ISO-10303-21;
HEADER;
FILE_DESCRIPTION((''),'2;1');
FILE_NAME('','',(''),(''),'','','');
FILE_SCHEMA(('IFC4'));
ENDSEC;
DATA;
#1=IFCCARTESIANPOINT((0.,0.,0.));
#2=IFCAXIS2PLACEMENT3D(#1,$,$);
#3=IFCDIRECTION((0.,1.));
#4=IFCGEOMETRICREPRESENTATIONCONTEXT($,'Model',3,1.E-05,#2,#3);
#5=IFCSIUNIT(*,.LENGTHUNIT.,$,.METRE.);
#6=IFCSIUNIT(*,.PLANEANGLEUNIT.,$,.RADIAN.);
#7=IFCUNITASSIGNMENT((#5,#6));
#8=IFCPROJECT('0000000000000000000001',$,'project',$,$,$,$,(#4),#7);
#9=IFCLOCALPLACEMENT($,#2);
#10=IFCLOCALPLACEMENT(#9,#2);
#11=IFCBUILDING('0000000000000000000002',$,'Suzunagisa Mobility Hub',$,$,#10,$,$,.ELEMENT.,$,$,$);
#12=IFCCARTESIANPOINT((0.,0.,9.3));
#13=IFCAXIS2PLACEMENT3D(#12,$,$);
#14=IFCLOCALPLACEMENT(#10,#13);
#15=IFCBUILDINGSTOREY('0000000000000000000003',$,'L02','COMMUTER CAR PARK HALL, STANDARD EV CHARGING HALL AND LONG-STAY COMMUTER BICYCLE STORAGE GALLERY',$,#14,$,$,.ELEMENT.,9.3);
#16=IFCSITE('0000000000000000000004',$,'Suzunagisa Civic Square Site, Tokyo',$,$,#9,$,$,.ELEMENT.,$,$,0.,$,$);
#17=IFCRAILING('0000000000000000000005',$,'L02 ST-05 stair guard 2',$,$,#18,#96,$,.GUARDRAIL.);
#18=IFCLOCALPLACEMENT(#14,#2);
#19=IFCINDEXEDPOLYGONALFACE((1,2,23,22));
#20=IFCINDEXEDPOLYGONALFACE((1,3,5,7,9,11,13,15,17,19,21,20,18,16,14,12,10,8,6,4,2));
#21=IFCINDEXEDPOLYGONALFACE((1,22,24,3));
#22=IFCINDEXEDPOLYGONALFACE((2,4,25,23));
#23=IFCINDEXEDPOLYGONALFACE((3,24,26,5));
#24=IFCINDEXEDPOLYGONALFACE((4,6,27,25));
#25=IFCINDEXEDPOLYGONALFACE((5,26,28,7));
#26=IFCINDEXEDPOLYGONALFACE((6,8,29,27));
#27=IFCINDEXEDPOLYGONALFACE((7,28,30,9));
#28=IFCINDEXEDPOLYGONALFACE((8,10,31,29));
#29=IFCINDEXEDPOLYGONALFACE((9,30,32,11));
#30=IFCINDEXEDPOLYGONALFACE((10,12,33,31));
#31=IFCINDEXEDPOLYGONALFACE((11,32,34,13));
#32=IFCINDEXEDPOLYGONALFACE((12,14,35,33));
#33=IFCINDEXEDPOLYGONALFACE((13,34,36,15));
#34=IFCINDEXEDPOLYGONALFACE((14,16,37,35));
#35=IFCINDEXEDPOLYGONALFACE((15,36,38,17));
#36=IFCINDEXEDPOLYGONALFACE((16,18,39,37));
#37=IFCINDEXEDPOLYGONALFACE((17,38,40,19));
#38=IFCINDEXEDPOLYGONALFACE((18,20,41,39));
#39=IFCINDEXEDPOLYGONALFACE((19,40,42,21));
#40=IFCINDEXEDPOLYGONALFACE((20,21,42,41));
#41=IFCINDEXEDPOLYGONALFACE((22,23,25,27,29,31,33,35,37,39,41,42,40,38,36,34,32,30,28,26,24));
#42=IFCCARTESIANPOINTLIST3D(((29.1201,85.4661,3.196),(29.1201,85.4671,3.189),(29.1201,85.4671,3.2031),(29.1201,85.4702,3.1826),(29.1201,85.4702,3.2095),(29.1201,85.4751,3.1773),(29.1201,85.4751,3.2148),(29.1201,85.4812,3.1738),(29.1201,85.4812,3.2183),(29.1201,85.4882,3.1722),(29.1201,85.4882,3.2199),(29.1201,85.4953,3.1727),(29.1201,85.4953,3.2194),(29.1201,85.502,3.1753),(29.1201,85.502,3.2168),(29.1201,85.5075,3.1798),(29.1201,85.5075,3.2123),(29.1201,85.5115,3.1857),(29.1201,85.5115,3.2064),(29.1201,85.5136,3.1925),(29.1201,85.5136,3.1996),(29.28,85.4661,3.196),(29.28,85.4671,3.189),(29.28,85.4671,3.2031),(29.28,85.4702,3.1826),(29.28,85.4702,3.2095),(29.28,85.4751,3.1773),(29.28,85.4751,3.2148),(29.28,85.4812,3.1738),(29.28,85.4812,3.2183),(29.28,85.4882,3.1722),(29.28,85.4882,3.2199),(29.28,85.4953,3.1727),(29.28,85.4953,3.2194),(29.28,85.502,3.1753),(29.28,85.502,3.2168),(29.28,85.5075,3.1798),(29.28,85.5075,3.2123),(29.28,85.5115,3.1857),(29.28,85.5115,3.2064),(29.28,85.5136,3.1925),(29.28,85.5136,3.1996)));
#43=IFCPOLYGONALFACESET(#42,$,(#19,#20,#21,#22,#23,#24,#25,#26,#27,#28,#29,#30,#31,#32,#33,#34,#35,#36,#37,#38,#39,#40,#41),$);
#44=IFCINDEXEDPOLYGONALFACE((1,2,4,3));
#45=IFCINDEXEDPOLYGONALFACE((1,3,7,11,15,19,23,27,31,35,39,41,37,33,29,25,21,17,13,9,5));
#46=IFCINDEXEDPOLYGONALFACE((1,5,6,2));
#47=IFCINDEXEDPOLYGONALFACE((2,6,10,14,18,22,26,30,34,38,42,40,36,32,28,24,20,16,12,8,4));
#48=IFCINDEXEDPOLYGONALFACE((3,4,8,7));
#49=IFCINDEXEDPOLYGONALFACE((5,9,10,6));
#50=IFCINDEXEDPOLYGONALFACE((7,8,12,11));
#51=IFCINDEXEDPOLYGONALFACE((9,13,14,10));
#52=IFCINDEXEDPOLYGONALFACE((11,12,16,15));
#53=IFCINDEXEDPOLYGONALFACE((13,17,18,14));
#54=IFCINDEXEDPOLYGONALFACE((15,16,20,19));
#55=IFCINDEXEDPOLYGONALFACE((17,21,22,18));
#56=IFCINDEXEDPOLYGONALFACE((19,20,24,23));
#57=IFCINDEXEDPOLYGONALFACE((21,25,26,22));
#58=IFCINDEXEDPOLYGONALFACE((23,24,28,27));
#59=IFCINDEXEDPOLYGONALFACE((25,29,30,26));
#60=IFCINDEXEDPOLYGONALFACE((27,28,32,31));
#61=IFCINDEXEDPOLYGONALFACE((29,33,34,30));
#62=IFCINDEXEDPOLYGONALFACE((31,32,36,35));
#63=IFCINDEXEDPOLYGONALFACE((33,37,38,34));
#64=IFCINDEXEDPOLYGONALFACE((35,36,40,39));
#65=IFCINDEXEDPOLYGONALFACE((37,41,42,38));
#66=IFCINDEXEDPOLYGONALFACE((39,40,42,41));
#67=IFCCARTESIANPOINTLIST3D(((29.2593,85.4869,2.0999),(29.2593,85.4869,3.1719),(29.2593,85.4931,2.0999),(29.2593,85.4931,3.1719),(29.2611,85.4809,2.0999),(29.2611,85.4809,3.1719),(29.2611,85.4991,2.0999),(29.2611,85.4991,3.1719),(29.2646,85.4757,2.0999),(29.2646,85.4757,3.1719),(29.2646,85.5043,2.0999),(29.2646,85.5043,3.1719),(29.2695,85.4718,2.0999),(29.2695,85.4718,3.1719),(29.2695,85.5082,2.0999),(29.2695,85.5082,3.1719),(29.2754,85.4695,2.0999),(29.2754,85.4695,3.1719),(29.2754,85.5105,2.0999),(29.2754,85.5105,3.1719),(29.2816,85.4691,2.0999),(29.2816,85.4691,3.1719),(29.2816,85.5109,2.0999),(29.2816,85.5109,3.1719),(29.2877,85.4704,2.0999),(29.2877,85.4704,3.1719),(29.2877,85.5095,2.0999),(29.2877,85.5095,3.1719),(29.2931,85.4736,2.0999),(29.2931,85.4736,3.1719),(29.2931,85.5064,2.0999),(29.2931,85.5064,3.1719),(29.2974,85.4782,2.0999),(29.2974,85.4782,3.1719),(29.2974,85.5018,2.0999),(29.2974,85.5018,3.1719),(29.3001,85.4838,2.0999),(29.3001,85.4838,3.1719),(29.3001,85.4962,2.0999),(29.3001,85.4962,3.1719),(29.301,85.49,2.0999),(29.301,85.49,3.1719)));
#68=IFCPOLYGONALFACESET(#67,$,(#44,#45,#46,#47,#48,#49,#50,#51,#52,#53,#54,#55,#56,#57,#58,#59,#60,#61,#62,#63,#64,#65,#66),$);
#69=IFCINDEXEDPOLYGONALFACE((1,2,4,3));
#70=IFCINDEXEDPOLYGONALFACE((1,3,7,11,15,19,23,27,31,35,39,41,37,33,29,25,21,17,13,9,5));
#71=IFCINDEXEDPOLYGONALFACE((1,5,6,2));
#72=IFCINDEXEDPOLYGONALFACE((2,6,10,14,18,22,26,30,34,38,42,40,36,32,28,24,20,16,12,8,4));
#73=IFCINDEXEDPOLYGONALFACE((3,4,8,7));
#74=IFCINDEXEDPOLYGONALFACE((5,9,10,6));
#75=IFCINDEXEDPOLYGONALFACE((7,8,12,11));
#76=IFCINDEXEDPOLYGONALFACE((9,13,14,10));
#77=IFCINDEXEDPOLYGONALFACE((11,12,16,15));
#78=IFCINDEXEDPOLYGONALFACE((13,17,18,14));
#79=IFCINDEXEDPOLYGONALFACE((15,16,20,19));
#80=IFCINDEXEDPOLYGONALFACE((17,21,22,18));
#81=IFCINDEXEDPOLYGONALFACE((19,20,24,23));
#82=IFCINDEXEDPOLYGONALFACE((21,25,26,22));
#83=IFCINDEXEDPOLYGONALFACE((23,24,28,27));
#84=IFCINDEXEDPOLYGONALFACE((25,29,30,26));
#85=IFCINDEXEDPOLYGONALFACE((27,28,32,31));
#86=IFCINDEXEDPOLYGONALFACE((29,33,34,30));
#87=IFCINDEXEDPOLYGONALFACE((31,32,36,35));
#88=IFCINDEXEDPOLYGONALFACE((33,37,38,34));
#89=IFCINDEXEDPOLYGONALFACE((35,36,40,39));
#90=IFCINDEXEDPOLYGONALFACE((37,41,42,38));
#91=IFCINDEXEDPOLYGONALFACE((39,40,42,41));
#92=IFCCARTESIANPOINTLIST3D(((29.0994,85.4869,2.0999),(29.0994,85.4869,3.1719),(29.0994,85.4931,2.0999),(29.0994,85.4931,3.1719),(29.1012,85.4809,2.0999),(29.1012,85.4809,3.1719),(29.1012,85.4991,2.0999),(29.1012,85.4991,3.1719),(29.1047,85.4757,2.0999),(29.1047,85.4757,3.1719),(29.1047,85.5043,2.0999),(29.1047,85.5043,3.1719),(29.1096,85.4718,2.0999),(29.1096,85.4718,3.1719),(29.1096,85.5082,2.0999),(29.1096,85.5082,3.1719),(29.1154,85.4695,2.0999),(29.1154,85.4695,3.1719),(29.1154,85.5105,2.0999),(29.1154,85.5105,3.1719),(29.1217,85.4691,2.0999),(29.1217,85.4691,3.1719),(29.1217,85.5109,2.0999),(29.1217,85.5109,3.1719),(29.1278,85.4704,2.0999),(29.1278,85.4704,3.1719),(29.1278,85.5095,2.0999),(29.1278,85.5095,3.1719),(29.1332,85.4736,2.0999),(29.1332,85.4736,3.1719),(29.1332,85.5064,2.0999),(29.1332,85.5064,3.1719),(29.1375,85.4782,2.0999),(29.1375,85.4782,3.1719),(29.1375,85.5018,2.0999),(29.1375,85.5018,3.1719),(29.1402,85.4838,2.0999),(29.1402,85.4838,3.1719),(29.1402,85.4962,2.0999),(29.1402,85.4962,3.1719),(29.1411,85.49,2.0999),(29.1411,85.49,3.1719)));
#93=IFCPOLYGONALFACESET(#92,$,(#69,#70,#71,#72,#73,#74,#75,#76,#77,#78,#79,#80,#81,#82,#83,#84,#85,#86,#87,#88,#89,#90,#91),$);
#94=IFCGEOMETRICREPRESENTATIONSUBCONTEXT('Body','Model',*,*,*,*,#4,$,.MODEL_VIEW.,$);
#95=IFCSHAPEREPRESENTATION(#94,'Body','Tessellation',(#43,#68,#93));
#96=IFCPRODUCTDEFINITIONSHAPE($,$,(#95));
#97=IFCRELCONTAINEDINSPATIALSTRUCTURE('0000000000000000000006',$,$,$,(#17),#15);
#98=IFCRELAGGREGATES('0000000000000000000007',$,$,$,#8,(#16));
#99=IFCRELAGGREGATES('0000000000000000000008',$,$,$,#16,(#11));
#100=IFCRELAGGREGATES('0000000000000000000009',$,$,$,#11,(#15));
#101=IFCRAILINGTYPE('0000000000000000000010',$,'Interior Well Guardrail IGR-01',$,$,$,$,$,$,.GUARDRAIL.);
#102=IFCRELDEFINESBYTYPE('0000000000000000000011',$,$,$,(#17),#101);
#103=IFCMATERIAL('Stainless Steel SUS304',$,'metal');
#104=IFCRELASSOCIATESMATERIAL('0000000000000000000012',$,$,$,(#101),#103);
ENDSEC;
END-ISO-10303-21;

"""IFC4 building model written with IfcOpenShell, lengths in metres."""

from ifc_helpers import new_model, si_unit, direction, frame, origin, origin_2d, place, context, subcontext, project, spatial, circle, extrude, material, type_object, element, save


model = new_model("IFC4")

# Units and contexts
model_context = context("Model", 3, precision=1e-05, world=origin(), true_north=direction((0.0, 1.0)))
body_context = subcontext(model_context, "Body", "Model", "MODEL_VIEW")
ifc_project = project(units=[si_unit("LENGTHUNIT", "METRE"), si_unit("PLANEANGLEUNIT", "RADIAN")], contexts=[model_context])

# Site, building, storey
site_placement = place(None, origin())
site = spatial("IfcSite", under=ifc_project, at=site_placement, Name="Suzunagisa Civic Square Site, Tokyo", CompositionType="ELEMENT", RefElevation=0.0)
building_placement = place(site_placement, origin())
building = spatial("IfcBuilding", under=site, at=building_placement, Name="Suzunagisa Mobility Hub", CompositionType="ELEMENT")
storey_placement = place(building_placement, frame((0.0, 0.0, 9.3)))
storey = spatial("IfcBuildingStorey", under=building, at=storey_placement, Name="L02", Description="COMMUTER CAR PARK HALL, STANDARD EV CHARGING HALL AND LONG-STAY COMMUTER BICYCLE STORAGE GALLERY", CompositionType="ELEMENT", Elevation=9.3)

# Railing
ifc_material_1 = material(Name="Stainless Steel SUS304", Category="metal")
railing_type_1 = type_object("IfcRailingType", Name="Interior Well Guardrail IGR-01", PredefinedType="GUARDRAIL", material=ifc_material_1)
railing_1_placement = place(storey_placement, frame((29.28, 85.49, 2.0999)))
element("IfcRailing", 1, at=railing_1_placement, inside=storey, type_object=railing_type_1, Name="L02 ST-05 stair guard 2", PredefinedType="GUARDRAIL", context=body_context, shape_type="SweptSolid", body=[
    extrude(circle(Radius=0.0239, at=origin_2d()), frame((0.0, 0.0, 1.0962), z_axis=(-1.0, 0.0, 0.0), x_axis=(0.0, -1.0, 0.0)), (0.0, 0.0, 1.0), 0.1599),
    extrude(circle(Radius=0.021, at=origin_2d()), origin(), (0.0, 0.0, 1.0), 1.072),
    extrude(circle(Radius=0.021, at=origin_2d()), frame((-0.1599, 0.0, 0.0)), (0.0, 0.0, 1.0), 1.072),
])

save(model, "model.ifc")
